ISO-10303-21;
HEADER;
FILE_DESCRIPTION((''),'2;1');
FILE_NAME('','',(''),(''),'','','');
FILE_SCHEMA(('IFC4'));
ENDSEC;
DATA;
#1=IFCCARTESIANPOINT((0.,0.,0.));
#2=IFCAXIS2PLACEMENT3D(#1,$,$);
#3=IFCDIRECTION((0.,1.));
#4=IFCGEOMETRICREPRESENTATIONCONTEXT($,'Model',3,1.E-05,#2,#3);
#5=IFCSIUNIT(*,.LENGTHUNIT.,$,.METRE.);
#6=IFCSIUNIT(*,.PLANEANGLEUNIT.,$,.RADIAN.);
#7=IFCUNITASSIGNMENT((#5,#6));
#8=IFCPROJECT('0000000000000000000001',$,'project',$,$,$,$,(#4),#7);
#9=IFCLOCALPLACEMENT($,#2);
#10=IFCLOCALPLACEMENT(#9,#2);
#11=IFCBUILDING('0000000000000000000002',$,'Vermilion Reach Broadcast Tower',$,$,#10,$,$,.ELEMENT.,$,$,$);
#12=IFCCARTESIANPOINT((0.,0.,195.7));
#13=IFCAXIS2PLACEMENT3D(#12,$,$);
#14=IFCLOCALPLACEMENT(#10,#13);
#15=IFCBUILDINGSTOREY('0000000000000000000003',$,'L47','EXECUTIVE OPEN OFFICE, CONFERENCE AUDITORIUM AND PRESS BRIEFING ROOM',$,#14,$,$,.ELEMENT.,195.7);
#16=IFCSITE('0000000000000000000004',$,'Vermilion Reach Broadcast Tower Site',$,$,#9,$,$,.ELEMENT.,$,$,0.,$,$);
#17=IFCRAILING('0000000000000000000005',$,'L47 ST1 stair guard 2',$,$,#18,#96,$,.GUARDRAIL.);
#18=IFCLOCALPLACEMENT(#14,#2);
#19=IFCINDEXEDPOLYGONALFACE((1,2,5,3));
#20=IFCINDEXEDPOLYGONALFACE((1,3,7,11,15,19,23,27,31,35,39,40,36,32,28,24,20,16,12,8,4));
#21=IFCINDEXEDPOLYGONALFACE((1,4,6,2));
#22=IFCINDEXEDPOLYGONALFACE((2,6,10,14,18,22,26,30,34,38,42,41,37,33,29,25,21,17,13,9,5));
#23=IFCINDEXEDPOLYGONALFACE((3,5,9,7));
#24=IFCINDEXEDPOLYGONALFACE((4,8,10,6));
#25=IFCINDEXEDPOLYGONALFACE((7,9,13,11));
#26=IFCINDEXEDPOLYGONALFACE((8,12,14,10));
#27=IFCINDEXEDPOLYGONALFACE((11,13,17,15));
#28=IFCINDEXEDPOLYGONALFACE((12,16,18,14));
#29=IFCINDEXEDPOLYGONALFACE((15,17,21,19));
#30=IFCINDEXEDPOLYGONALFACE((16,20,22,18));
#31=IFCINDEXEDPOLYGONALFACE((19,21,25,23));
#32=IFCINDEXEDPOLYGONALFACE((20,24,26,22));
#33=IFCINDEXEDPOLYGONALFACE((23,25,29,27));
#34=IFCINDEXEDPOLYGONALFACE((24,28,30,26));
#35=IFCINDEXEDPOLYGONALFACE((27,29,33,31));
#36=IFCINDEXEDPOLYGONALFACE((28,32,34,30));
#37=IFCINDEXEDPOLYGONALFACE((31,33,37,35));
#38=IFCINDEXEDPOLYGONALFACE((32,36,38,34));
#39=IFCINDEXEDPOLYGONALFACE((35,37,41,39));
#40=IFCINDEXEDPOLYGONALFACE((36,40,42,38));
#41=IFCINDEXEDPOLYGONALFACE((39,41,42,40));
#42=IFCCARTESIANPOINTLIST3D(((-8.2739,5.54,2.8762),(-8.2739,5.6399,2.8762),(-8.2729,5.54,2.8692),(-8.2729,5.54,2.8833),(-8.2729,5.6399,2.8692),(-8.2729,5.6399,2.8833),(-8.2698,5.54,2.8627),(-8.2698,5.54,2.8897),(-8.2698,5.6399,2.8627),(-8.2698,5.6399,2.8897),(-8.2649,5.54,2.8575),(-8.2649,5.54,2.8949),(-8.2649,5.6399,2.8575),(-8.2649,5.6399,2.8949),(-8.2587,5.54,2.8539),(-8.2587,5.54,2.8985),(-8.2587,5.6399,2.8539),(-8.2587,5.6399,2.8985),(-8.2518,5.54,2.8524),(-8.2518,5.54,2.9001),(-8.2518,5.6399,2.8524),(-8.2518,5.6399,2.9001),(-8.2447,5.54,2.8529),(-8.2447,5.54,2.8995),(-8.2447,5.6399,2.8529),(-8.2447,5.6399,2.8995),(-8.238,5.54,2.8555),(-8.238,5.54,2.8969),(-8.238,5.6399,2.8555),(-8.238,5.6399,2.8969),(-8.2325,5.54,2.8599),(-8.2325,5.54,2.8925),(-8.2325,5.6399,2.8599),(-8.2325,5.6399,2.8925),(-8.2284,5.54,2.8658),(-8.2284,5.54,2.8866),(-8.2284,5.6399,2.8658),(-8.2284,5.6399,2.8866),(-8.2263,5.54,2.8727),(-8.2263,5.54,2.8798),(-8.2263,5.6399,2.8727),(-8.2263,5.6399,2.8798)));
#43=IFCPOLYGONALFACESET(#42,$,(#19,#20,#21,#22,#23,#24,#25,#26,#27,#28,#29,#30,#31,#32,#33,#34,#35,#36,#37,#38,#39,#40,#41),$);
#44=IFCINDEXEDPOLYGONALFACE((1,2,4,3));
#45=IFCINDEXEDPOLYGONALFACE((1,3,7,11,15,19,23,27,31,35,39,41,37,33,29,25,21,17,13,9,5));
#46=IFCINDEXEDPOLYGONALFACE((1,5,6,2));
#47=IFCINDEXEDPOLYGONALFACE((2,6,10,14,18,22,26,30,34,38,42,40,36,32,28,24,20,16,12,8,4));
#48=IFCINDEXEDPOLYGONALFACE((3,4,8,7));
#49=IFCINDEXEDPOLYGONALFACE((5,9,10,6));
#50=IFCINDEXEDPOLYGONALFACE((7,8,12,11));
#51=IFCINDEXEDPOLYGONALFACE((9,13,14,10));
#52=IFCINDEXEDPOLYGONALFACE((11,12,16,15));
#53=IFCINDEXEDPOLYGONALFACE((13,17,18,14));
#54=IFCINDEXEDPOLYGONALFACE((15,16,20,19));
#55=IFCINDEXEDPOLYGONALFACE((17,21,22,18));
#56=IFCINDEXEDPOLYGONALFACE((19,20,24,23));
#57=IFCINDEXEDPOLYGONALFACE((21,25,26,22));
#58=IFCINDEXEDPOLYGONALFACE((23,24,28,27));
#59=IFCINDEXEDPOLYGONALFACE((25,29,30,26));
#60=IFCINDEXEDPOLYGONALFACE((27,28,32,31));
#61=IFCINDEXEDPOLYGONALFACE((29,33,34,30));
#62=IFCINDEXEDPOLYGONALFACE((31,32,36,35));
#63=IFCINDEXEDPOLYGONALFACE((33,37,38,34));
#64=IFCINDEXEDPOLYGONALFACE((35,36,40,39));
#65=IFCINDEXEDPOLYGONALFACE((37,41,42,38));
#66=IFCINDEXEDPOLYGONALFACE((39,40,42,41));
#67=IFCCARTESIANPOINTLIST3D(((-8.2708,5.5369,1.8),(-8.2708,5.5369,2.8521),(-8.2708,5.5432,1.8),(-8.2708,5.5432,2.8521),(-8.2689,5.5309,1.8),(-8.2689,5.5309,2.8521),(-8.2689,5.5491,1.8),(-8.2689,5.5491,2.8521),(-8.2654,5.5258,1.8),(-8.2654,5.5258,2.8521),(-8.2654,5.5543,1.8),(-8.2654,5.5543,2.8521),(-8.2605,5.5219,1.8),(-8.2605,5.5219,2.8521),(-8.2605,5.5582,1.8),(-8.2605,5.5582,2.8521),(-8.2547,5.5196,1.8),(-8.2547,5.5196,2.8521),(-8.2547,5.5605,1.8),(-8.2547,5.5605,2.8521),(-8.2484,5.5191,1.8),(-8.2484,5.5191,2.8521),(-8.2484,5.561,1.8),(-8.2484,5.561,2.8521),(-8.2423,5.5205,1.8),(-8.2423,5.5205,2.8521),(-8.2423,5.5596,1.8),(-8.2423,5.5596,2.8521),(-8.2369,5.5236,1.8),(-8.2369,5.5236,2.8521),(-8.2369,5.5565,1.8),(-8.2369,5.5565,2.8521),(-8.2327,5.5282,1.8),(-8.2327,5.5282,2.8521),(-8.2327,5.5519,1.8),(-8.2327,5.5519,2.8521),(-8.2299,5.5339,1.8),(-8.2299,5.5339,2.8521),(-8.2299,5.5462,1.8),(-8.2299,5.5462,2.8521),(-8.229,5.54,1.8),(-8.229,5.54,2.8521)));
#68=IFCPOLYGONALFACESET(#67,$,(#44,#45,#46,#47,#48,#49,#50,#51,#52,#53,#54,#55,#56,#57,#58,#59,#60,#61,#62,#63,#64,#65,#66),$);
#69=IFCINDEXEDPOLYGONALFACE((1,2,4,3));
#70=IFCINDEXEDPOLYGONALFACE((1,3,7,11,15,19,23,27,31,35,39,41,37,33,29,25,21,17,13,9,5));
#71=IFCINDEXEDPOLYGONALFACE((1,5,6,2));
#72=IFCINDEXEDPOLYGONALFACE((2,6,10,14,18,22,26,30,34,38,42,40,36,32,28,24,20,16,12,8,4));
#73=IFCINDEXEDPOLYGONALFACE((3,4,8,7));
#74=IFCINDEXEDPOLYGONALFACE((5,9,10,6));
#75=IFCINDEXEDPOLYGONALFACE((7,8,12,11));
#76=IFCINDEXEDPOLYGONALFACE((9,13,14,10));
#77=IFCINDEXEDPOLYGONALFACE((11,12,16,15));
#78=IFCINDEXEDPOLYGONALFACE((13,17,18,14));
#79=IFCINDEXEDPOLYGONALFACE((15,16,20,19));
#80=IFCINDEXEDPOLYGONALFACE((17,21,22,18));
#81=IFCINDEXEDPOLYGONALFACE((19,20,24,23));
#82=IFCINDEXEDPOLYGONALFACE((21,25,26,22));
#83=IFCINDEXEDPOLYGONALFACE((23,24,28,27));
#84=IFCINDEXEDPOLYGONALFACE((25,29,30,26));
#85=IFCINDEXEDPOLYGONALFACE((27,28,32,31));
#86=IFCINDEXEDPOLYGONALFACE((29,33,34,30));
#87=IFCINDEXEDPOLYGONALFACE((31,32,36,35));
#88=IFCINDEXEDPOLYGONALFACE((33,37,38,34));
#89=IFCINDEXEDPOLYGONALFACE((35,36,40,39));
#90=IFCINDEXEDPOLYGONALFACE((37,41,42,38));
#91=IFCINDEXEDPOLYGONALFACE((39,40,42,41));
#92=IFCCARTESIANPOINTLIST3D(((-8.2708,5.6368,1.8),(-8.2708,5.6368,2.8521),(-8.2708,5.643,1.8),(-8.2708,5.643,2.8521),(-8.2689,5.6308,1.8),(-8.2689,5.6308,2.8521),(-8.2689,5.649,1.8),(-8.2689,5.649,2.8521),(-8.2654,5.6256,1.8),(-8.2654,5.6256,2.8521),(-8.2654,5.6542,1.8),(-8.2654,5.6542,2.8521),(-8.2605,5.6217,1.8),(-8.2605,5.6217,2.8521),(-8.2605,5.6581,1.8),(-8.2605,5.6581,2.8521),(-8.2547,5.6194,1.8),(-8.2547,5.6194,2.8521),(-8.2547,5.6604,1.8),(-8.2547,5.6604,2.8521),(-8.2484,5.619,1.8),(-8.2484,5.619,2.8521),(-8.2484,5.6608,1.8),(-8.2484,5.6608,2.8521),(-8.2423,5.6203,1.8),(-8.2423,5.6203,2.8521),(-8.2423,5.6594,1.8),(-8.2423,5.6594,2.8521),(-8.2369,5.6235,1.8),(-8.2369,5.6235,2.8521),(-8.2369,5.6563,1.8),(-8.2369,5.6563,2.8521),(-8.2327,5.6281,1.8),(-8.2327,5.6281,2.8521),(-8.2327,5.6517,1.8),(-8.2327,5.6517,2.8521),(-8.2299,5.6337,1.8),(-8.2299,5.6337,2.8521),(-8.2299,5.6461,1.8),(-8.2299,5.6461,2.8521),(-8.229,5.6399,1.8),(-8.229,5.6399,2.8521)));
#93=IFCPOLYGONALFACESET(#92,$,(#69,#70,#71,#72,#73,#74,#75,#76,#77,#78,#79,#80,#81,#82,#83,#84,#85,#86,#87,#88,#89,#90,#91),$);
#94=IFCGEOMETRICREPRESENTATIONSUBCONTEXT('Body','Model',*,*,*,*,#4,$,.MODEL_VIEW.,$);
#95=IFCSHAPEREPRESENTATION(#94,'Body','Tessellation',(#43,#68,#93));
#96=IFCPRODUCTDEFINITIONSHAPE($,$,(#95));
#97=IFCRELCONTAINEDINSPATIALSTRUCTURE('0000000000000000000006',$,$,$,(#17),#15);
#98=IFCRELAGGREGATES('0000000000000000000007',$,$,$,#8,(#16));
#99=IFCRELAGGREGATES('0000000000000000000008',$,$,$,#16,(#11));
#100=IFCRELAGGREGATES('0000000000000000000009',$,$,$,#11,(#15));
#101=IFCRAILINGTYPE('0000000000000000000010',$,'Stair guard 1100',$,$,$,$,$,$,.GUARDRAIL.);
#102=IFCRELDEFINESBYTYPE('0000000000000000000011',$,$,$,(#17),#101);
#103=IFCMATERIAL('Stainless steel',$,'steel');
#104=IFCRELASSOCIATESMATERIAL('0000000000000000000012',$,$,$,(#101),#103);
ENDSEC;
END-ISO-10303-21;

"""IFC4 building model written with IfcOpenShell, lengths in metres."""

from ifc_helpers import new_model, si_unit, direction, frame, origin, origin_2d, place, context, subcontext, project, spatial, circle, extrude, material, type_object, element, save


model = new_model("IFC4")

# Units and contexts
model_context = context("Model", 3, precision=1e-05, world=origin(), true_north=direction((0.0, 1.0)))
body_context = subcontext(model_context, "Body", "Model", "MODEL_VIEW")
ifc_project = project(units=[si_unit("LENGTHUNIT", "METRE"), si_unit("PLANEANGLEUNIT", "RADIAN")], contexts=[model_context])

# Site, building, storey
site_placement = place(None, origin())
site = spatial("IfcSite", under=ifc_project, at=site_placement, Name="Vermilion Reach Broadcast Tower Site", CompositionType="ELEMENT", RefElevation=0.0)
building_placement = place(site_placement, origin())
building = spatial("IfcBuilding", under=site, at=building_placement, Name="Vermilion Reach Broadcast Tower", CompositionType="ELEMENT")
storey_placement = place(building_placement, frame((0.0, 0.0, 195.7)))
storey = spatial("IfcBuildingStorey", under=building, at=storey_placement, Name="L47", Description="EXECUTIVE OPEN OFFICE, CONFERENCE AUDITORIUM AND PRESS BRIEFING ROOM", CompositionType="ELEMENT", Elevation=195.7)

# Railing
ifc_material_1 = material(Name="Stainless steel", Category="steel")
railing_type_1 = type_object("IfcRailingType", Name="Stair guard 1100", PredefinedType="GUARDRAIL", material=ifc_material_1)
railing_1_placement = place(storey_placement, frame((-8.25, 5.54, 1.8)))
element("IfcRailing", 1, at=railing_1_placement, inside=storey, type_object=railing_type_1, Name="L47 ST1 stair guard 2", PredefinedType="GUARDRAIL", context=body_context, shape_type="SweptSolid", body=[
    extrude(circle(Radius=0.0239, at=origin_2d()), frame((0.0, 0.0, 1.0762), z_axis=(0.0, 1.0, 0.0), x_axis=(-1.0, 0.0, 0.0)), (0.0, 0.0, 1.0), 0.0999),
    extrude(circle(Radius=0.021, at=origin_2d()), origin(), (0.0, 0.0, 1.0), 1.052),
    extrude(circle(Radius=0.021, at=origin_2d()), frame((0.0, 0.0999, 0.0)), (0.0, 0.0, 1.0), 1.052),
])

save(model, "model.ifc")
